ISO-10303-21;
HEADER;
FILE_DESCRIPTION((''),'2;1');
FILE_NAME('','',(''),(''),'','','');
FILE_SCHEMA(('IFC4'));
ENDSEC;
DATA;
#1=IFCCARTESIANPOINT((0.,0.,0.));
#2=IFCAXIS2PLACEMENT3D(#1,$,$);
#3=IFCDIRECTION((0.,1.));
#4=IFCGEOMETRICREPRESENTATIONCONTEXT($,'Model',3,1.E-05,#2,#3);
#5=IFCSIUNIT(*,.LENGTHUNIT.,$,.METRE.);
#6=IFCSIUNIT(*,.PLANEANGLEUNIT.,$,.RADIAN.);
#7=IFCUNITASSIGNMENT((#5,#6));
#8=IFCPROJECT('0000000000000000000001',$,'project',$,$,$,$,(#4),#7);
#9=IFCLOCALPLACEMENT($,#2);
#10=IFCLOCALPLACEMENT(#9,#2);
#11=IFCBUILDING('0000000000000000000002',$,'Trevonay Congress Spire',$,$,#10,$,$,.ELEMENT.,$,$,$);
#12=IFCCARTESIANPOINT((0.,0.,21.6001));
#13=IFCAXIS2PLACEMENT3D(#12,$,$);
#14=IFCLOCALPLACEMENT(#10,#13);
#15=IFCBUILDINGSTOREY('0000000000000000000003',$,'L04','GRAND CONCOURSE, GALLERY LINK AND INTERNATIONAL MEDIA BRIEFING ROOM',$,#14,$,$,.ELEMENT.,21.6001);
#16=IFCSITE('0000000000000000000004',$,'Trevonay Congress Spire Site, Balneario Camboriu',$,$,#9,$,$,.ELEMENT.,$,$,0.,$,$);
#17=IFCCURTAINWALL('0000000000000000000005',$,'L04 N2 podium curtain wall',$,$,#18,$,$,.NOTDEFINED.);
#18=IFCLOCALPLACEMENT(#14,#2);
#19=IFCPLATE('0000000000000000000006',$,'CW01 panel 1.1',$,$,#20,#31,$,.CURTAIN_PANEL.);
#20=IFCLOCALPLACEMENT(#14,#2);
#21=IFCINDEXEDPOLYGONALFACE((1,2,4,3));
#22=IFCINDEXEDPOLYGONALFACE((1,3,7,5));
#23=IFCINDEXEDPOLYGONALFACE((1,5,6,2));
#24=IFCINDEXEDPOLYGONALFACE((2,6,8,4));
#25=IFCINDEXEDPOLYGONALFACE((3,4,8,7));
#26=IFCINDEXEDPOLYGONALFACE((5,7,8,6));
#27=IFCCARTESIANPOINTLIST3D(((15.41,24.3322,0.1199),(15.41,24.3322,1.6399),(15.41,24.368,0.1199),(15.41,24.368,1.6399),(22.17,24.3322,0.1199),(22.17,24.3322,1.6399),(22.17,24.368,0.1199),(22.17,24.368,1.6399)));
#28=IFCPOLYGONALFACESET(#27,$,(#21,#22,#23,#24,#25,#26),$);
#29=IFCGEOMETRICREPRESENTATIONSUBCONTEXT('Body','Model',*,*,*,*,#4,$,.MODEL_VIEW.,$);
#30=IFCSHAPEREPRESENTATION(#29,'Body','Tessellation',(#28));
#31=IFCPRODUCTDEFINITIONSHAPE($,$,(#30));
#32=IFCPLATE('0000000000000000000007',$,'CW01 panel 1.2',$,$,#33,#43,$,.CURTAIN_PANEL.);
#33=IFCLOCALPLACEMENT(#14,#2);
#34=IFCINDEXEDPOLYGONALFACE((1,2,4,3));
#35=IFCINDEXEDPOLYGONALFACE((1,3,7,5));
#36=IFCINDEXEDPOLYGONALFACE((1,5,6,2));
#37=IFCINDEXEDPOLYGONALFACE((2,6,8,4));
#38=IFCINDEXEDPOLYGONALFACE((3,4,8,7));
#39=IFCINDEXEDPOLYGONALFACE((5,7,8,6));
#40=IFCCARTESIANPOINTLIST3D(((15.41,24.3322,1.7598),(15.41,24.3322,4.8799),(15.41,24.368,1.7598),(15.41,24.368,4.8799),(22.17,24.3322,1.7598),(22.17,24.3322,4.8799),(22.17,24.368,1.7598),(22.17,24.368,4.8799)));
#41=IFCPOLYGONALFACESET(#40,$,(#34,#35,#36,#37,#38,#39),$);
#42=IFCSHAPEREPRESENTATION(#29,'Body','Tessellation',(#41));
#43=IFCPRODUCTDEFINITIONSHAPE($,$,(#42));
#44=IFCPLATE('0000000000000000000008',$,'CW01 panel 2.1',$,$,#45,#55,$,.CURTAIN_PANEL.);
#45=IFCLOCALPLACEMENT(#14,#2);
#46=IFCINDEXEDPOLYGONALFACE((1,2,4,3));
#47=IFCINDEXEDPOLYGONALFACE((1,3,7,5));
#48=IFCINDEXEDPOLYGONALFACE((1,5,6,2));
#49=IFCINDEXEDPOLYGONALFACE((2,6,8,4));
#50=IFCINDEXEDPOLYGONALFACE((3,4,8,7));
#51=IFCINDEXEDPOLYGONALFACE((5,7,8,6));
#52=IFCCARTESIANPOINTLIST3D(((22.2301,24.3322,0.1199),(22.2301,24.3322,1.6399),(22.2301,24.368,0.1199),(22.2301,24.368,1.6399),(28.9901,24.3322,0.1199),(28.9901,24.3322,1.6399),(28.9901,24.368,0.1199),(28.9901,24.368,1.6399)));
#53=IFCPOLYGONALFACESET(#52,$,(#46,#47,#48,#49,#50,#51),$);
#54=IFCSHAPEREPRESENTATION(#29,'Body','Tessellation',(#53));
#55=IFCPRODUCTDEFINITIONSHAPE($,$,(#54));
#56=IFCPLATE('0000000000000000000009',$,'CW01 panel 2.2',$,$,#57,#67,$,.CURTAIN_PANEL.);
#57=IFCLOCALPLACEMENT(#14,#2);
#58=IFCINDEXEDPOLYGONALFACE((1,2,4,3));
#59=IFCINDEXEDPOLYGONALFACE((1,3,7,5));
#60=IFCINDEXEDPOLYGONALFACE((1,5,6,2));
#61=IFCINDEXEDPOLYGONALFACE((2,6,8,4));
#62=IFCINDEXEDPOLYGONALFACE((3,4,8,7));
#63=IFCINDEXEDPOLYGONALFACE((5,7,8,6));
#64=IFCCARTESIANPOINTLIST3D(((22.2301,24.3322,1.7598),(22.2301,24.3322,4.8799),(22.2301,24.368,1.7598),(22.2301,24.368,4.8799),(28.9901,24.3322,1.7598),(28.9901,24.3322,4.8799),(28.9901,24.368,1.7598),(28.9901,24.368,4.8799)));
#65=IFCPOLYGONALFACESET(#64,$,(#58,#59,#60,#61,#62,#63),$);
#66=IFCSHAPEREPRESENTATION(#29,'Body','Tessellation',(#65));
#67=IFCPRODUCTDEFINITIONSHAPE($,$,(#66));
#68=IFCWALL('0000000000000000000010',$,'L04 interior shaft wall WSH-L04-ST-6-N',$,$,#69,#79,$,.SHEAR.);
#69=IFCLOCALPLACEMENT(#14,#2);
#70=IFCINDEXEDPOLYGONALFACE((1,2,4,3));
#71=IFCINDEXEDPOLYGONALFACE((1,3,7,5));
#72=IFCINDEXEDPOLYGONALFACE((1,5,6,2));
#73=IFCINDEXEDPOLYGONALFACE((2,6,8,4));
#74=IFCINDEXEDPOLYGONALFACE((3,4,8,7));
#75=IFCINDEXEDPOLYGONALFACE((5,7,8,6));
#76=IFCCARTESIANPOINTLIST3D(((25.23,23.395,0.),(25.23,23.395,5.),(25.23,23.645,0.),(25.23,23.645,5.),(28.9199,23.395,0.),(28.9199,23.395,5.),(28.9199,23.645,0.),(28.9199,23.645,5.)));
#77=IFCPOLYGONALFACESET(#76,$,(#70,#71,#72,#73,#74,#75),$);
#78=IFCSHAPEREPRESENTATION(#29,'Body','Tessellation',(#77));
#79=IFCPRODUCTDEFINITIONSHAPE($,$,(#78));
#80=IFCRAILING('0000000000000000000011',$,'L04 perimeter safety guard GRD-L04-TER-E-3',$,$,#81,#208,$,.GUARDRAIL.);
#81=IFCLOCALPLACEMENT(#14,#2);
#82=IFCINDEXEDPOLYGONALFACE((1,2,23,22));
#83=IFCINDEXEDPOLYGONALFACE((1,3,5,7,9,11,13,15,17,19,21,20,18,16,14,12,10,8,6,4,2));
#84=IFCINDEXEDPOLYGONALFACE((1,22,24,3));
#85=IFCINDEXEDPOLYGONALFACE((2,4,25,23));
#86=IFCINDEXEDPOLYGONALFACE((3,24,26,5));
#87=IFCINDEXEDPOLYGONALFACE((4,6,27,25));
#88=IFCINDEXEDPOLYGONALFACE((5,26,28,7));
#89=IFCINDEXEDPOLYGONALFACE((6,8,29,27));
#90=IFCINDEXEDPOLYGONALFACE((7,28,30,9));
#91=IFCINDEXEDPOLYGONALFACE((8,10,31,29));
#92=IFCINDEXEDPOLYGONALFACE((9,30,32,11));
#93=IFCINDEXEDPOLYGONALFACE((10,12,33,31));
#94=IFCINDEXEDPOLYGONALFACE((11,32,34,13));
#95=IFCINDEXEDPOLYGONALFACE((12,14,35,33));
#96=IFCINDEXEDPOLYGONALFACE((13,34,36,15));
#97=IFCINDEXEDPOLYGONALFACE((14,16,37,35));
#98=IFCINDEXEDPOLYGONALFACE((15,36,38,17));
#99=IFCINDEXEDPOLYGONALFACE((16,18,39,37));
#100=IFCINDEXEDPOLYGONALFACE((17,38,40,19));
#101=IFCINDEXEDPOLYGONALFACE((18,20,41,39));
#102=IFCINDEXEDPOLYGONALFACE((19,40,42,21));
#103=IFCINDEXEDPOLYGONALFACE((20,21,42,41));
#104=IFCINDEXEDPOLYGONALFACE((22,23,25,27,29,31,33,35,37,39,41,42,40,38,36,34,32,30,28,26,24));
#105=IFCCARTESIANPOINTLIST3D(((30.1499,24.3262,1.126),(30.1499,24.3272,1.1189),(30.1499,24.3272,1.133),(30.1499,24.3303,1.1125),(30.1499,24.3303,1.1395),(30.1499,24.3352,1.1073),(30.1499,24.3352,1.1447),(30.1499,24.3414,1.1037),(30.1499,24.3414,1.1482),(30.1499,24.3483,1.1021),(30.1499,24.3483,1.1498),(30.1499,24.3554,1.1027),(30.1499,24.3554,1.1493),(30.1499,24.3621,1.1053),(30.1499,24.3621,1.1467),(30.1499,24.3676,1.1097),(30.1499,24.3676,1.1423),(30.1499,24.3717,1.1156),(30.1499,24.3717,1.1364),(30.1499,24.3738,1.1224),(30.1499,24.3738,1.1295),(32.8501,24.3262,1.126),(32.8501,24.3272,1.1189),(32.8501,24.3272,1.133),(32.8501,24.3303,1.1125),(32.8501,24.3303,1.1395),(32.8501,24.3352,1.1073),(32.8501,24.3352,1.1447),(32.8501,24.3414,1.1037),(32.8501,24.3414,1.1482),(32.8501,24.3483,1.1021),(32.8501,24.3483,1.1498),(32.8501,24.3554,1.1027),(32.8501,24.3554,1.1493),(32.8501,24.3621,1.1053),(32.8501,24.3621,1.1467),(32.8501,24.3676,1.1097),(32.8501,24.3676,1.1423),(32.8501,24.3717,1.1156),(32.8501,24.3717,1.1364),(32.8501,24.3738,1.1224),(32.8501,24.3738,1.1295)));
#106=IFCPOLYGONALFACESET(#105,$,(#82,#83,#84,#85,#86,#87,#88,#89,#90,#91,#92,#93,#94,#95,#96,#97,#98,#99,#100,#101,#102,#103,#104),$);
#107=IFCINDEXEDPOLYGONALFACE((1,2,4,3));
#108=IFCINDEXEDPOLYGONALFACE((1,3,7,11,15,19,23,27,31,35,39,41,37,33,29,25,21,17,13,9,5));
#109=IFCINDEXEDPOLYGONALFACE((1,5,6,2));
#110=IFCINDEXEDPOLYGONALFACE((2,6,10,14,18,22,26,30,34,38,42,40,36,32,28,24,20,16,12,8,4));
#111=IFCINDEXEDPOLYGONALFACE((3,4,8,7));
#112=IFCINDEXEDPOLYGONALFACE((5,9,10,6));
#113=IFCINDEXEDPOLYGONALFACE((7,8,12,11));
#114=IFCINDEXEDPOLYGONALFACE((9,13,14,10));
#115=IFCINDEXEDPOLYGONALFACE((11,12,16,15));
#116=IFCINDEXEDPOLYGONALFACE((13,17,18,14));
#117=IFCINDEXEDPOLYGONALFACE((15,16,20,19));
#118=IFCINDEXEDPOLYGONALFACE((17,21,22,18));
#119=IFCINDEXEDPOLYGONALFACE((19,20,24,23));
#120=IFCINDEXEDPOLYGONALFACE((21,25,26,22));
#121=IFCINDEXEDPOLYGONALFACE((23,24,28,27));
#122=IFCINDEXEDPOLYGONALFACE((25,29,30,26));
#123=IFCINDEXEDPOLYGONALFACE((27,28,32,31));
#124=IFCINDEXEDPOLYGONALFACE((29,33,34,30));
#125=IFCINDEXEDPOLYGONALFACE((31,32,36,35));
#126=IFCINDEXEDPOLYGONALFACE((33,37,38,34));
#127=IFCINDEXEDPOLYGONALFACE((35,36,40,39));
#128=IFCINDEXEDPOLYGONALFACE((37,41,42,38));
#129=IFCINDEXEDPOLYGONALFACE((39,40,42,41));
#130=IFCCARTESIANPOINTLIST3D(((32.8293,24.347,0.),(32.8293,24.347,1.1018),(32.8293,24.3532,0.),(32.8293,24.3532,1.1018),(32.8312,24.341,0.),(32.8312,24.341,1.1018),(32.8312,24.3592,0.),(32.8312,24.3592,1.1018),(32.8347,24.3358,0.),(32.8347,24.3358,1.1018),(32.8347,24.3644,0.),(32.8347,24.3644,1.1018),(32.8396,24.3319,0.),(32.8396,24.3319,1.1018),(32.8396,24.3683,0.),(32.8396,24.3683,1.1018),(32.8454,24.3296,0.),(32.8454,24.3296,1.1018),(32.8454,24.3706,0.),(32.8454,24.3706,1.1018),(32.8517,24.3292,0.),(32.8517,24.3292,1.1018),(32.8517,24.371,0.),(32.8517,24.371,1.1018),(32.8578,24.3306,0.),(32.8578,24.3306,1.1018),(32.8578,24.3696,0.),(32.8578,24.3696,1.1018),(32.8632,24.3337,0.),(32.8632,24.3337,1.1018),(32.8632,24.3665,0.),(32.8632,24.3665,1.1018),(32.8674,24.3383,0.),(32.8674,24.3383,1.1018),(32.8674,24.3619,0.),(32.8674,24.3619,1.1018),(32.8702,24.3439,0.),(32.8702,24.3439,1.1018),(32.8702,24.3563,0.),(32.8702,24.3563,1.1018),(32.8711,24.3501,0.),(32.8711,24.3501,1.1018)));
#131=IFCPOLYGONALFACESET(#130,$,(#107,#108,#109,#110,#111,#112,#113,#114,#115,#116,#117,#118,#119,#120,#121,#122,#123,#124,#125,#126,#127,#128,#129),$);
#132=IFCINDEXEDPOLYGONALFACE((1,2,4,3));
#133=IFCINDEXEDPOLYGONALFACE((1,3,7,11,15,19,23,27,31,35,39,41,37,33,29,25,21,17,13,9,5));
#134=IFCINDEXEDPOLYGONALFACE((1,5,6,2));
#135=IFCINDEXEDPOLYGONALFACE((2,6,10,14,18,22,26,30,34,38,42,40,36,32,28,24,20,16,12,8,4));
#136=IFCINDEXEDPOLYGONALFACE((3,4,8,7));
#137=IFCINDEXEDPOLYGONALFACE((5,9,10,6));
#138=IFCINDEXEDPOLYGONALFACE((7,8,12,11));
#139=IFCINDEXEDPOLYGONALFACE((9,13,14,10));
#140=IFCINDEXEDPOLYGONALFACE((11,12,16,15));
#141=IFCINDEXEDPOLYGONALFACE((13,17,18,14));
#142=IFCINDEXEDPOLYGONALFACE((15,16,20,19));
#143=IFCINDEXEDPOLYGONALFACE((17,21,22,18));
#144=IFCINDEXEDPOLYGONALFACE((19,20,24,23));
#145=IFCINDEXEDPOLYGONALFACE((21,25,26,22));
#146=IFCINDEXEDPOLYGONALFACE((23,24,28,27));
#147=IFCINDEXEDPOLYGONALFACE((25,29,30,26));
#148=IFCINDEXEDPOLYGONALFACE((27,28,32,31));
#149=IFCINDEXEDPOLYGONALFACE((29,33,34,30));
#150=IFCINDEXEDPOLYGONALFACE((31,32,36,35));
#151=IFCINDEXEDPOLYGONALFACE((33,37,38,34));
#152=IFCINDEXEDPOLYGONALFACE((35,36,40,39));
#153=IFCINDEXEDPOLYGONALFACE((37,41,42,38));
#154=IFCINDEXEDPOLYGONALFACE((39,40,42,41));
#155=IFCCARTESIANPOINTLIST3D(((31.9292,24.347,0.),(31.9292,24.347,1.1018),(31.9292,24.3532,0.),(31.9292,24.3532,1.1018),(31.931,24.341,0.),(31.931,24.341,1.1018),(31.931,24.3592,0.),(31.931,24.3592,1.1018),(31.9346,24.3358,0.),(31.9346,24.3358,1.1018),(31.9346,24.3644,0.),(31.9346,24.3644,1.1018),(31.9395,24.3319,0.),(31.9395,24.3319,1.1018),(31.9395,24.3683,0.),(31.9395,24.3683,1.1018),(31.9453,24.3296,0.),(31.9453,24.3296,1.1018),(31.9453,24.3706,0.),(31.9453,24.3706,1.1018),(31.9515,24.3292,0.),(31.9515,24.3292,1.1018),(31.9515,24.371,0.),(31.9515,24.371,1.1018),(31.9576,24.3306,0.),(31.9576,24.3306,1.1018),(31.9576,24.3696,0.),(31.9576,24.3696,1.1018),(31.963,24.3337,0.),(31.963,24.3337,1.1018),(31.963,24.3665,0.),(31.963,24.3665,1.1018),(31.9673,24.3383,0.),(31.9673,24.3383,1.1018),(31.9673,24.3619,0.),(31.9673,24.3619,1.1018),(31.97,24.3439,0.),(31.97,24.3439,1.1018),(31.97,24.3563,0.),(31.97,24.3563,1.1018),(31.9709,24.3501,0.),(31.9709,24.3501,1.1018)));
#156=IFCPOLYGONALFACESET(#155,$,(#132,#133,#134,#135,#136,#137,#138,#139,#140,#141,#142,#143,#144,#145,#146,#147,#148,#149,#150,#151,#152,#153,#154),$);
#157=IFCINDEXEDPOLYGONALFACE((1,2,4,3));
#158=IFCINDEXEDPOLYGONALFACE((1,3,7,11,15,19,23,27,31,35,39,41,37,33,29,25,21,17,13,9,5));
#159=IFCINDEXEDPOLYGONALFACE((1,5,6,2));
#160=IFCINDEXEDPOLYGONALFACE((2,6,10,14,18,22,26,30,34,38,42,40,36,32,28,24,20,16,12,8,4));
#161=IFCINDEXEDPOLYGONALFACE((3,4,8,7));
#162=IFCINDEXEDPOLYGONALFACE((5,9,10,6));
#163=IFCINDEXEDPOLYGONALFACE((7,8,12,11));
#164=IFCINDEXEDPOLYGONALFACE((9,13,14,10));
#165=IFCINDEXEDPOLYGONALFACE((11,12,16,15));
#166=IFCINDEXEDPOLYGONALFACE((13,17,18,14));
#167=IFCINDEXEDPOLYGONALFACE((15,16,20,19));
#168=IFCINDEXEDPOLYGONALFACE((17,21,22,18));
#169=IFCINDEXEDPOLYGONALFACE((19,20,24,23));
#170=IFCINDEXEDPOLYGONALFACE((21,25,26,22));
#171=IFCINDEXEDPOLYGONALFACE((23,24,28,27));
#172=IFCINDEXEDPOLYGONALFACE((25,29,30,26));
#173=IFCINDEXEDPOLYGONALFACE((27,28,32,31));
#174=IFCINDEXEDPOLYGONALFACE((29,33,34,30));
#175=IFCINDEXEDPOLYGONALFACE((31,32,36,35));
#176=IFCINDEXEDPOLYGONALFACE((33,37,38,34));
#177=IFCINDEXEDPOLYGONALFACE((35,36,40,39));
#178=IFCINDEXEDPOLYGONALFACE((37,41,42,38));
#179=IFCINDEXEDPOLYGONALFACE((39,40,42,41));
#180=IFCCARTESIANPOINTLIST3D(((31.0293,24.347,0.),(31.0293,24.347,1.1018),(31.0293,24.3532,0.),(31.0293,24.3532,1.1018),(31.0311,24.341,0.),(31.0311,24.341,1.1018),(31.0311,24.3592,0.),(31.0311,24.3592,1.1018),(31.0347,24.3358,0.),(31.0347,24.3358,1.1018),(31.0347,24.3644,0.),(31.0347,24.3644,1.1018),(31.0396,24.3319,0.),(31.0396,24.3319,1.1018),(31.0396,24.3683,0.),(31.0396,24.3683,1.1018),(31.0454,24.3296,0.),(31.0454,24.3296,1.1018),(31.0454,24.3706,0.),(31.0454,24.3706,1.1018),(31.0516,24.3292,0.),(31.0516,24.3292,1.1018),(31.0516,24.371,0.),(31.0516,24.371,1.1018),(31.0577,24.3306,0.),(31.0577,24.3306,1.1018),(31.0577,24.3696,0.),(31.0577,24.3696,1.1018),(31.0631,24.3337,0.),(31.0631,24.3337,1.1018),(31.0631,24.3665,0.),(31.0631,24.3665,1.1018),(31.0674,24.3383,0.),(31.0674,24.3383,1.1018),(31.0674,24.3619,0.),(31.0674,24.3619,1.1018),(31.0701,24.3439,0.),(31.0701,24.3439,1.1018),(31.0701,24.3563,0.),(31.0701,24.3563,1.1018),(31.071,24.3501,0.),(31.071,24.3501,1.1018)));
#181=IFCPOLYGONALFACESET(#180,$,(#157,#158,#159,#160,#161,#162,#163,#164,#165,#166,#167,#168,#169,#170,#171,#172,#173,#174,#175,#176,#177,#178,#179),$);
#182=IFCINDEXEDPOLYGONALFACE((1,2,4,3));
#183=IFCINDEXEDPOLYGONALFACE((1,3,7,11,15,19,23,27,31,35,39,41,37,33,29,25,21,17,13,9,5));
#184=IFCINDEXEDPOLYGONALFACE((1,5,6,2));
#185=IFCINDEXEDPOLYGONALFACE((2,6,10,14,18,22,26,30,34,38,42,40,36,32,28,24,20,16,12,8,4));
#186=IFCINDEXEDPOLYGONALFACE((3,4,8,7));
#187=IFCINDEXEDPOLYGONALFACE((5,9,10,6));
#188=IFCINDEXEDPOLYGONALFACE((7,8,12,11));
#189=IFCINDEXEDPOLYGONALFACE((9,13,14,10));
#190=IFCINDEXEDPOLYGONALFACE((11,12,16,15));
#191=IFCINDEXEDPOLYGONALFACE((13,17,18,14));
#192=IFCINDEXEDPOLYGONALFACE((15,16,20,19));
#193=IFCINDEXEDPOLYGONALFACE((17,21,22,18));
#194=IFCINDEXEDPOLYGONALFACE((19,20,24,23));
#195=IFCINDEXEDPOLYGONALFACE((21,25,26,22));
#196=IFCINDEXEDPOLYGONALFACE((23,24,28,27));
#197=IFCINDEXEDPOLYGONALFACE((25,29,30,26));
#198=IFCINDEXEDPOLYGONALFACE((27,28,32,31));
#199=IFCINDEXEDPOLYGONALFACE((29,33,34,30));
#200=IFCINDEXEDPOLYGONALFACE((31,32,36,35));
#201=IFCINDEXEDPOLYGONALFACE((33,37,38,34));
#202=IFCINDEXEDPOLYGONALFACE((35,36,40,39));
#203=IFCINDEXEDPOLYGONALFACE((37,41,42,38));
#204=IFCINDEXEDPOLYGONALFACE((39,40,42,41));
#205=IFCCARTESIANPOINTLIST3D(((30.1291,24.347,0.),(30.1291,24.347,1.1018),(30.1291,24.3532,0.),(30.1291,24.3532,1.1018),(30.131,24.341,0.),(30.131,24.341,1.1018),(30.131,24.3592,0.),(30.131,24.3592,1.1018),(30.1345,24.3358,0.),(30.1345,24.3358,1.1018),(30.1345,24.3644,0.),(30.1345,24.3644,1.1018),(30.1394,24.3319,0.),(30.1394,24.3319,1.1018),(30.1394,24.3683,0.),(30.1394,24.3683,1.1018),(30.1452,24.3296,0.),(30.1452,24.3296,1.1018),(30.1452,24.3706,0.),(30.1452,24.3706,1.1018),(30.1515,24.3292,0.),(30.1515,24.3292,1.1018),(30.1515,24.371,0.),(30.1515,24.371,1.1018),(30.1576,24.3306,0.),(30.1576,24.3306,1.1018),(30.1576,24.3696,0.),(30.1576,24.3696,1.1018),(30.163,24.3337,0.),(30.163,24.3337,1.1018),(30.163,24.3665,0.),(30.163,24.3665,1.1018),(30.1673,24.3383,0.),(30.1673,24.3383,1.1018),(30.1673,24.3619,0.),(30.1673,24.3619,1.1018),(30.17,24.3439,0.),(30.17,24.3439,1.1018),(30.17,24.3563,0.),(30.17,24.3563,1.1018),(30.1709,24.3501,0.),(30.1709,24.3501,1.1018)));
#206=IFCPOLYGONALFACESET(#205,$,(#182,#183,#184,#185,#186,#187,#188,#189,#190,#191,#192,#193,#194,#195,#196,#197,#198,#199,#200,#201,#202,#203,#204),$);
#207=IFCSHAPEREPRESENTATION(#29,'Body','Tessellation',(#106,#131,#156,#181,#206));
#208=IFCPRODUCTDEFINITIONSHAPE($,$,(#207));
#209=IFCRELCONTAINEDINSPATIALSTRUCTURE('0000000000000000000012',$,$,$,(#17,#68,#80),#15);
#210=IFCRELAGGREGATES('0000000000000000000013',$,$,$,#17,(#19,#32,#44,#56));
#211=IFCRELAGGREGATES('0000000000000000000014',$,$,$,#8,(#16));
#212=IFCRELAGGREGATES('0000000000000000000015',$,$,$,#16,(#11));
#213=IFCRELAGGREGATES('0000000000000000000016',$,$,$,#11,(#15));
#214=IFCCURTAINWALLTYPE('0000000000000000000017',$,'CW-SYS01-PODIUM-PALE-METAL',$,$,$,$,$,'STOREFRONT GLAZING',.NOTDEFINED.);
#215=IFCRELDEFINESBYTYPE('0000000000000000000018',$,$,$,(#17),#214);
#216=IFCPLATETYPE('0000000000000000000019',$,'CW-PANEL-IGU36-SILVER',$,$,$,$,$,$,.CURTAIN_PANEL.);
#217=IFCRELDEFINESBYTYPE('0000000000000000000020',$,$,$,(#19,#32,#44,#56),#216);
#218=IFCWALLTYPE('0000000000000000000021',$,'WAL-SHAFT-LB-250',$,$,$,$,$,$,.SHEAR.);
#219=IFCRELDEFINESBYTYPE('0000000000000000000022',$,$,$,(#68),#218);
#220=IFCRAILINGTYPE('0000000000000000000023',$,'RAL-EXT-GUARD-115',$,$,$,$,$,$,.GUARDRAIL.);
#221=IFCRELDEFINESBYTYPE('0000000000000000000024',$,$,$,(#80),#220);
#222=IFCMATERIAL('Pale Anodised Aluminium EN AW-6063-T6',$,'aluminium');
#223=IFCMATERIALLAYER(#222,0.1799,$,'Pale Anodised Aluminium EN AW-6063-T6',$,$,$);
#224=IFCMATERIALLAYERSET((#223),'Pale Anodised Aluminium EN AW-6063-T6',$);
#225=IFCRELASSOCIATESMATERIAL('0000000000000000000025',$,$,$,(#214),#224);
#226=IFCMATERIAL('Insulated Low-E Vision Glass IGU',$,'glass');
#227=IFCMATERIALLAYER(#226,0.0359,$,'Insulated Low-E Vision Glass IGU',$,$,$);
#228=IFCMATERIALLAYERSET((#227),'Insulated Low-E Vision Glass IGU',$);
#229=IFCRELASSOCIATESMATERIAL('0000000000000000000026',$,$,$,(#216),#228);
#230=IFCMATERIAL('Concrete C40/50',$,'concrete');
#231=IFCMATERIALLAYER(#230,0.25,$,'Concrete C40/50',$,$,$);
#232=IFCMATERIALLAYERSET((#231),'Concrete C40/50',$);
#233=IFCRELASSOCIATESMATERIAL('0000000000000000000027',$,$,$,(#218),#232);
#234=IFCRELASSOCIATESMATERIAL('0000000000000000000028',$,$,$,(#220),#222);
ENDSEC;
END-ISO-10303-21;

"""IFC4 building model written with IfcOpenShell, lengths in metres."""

from ifc_helpers import new_model, si_unit, direction, frame, frame_2d, origin, origin_2d, place, context, subcontext, project, spatial, rectangle, circle, extrude, material, layer, layer_set, type_object, element, aggregate, save


model = new_model("IFC4")

# Units and contexts
model_context = context("Model", 3, precision=1e-05, world=origin(), true_north=direction((0.0, 1.0)))
body_context = subcontext(model_context, "Body", "Model", "MODEL_VIEW")
ifc_project = project(units=[si_unit("LENGTHUNIT", "METRE"), si_unit("PLANEANGLEUNIT", "RADIAN")], contexts=[model_context])

# Site, building, storey
site_placement = place(None, origin())
site = spatial("IfcSite", under=ifc_project, at=site_placement, Name="Trevonay Congress Spire Site, Balneario Camboriu", CompositionType="ELEMENT", RefElevation=0.0)
building_placement = place(site_placement, origin())
building = spatial("IfcBuilding", under=site, at=building_placement, Name="Trevonay Congress Spire", CompositionType="ELEMENT")
storey_placement = place(building_placement, frame((0.0, 0.0, 21.6001)))
storey = spatial("IfcBuildingStorey", under=building, at=storey_placement, Name="L04", Description="GRAND CONCOURSE, GALLERY LINK AND INTERNATIONAL MEDIA BRIEFING ROOM", CompositionType="ELEMENT", Elevation=21.6001)

# Shared definitions
ifc_material_1 = material(Name="Pale Anodised Aluminium EN AW-6063-T6", Category="aluminium")
ifc_layer_1 = layer(ifc_material_1, 0.1799, Name="Pale Anodised Aluminium EN AW-6063-T6")
ifc_layer_set_1 = layer_set([ifc_layer_1], Name="Pale Anodised Aluminium EN AW-6063-T6")
curtain_wall_type = type_object("IfcCurtainWallType", Name="CW-SYS01-PODIUM-PALE-METAL", ElementType="STOREFRONT GLAZING", PredefinedType="NOTDEFINED", material=ifc_layer_set_1)

# Curtain wall
curtain_wall_1_placement = place(storey_placement, origin())
curtain_wall_1 = element("IfcCurtainWall", 1, at=curtain_wall_1_placement, inside=storey, type_object=curtain_wall_type, Name="L04 N2 podium curtain wall", PredefinedType="NOTDEFINED")

# Plates
ifc_material_2 = material(Name="Insulated Low-E Vision Glass IGU", Category="glass")
ifc_layer_2 = layer(ifc_material_2, 0.0359, Name="Insulated Low-E Vision Glass IGU")
ifc_layer_set_2 = layer_set([ifc_layer_2], Name="Insulated Low-E Vision Glass IGU")
plate_type = type_object("IfcPlateType", Name="CW-PANEL-IGU36-SILVER", PredefinedType="CURTAIN_PANEL", material=ifc_layer_set_2)
plate_1_placement = place(storey_placement, frame((18.79, 24.3501, 0.1199), z_axis=(0.0, 0.0, 1.0), x_axis=(1.0, 0.0, 0.0)))
plate_1 = element("IfcPlate", 2, at=plate_1_placement, type_object=plate_type, Name="CW01 panel 1.1", PredefinedType="CURTAIN_PANEL", context=body_context, shape_type="SweptSolid", body=[
    extrude(rectangle(XDim=6.76, YDim=0.0359, at=origin_2d()), origin(), (0.0, 0.0, 1.0), 1.52),
])
plate_2_placement = place(storey_placement, frame((18.79, 24.3501, 1.7598), z_axis=(0.0, 0.0, 1.0), x_axis=(1.0, 0.0, 0.0)))
plate_2 = element("IfcPlate", 3, at=plate_2_placement, type_object=plate_type, Name="CW01 panel 1.2", PredefinedType="CURTAIN_PANEL", context=body_context, shape_type="SweptSolid", body=[
    extrude(rectangle(XDim=6.76, YDim=0.0359, at=origin_2d()), origin(), (0.0, 0.0, 1.0), 3.1201),
])
plate_3_placement = place(storey_placement, frame((25.6101, 24.3501, 0.1199), z_axis=(0.0, 0.0, 1.0), x_axis=(1.0, 0.0, 0.0)))
plate_3 = element("IfcPlate", 4, at=plate_3_placement, type_object=plate_type, Name="CW01 panel 2.1", PredefinedType="CURTAIN_PANEL", context=body_context, shape_type="SweptSolid", body=[
    extrude(rectangle(XDim=6.76, YDim=0.0359, at=origin_2d()), origin(), (0.0, 0.0, 1.0), 1.52),
])
plate_4_placement = place(storey_placement, frame((25.6101, 24.3501, 1.7598), z_axis=(0.0, 0.0, 1.0), x_axis=(1.0, 0.0, 0.0)))
plate_4 = element("IfcPlate", 5, at=plate_4_placement, type_object=plate_type, Name="CW01 panel 2.2", PredefinedType="CURTAIN_PANEL", context=body_context, shape_type="SweptSolid", body=[
    extrude(rectangle(XDim=6.76, YDim=0.0359, at=origin_2d()), origin(), (0.0, 0.0, 1.0), 3.1201),
])
aggregate(curtain_wall_1, [plate_1, plate_2, plate_3, plate_4])

# Wall
ifc_material_3 = material(Name="Concrete C40/50", Category="concrete")
ifc_layer_3 = layer(ifc_material_3, 0.25, Name="Concrete C40/50")
ifc_layer_set_3 = layer_set([ifc_layer_3], Name="Concrete C40/50")
wall_type = type_object("IfcWallType", Name="WAL-SHAFT-LB-250", PredefinedType="SHEAR", material=ifc_layer_set_3)
wall_placement = place(storey_placement, frame((25.23, 23.52, 0.0), z_axis=(0.0, 0.0, 1.0), x_axis=(1.0, 0.0, 0.0)))
element("IfcWall", 6, at=wall_placement, inside=storey, type_object=wall_type, Name="L04 interior shaft wall WSH-L04-ST-6-N", PredefinedType="SHEAR", context=body_context, shape_type="SweptSolid", body=[
    extrude(rectangle(XDim=3.6899, YDim=0.25, at=frame_2d((1.845, 0.0))), origin(), (0.0, 0.0, 1.0), 5.0),
])

# Railing
railing_type = type_object("IfcRailingType", Name="RAL-EXT-GUARD-115", PredefinedType="GUARDRAIL", material=ifc_material_1)
railing_1_placement = place(storey_placement, frame((32.8501, 24.3501, 0.0)))
element("IfcRailing", 7, at=railing_1_placement, inside=storey, type_object=railing_type, Name="L04 perimeter safety guard GRD-L04-TER-E-3", PredefinedType="GUARDRAIL", context=body_context, shape_type="SweptSolid", body=[
    extrude(circle(Radius=0.0239, at=origin_2d()), frame((0.0, 0.0, 1.126), z_axis=(-1.0, 0.0, 0.0), x_axis=(0.0, -1.0, 0.0)), (0.0, 0.0, 1.0), 2.7002),
    extrude(circle(Radius=0.021, at=origin_2d()), origin(), (0.0, 0.0, 1.0), 1.1018),
    extrude(circle(Radius=0.021, at=origin_2d()), frame((-0.9001, 0.0, 0.0)), (0.0, 0.0, 1.0), 1.1018),
    extrude(circle(Radius=0.021, at=origin_2d()), frame((-1.8, 0.0, 0.0)), (0.0, 0.0, 1.0), 1.1018),
    extrude(circle(Radius=0.021, at=origin_2d()), frame((-2.7002, 0.0, 0.0)), (0.0, 0.0, 1.0), 1.1018),
])

save(model, "model.ifc")
